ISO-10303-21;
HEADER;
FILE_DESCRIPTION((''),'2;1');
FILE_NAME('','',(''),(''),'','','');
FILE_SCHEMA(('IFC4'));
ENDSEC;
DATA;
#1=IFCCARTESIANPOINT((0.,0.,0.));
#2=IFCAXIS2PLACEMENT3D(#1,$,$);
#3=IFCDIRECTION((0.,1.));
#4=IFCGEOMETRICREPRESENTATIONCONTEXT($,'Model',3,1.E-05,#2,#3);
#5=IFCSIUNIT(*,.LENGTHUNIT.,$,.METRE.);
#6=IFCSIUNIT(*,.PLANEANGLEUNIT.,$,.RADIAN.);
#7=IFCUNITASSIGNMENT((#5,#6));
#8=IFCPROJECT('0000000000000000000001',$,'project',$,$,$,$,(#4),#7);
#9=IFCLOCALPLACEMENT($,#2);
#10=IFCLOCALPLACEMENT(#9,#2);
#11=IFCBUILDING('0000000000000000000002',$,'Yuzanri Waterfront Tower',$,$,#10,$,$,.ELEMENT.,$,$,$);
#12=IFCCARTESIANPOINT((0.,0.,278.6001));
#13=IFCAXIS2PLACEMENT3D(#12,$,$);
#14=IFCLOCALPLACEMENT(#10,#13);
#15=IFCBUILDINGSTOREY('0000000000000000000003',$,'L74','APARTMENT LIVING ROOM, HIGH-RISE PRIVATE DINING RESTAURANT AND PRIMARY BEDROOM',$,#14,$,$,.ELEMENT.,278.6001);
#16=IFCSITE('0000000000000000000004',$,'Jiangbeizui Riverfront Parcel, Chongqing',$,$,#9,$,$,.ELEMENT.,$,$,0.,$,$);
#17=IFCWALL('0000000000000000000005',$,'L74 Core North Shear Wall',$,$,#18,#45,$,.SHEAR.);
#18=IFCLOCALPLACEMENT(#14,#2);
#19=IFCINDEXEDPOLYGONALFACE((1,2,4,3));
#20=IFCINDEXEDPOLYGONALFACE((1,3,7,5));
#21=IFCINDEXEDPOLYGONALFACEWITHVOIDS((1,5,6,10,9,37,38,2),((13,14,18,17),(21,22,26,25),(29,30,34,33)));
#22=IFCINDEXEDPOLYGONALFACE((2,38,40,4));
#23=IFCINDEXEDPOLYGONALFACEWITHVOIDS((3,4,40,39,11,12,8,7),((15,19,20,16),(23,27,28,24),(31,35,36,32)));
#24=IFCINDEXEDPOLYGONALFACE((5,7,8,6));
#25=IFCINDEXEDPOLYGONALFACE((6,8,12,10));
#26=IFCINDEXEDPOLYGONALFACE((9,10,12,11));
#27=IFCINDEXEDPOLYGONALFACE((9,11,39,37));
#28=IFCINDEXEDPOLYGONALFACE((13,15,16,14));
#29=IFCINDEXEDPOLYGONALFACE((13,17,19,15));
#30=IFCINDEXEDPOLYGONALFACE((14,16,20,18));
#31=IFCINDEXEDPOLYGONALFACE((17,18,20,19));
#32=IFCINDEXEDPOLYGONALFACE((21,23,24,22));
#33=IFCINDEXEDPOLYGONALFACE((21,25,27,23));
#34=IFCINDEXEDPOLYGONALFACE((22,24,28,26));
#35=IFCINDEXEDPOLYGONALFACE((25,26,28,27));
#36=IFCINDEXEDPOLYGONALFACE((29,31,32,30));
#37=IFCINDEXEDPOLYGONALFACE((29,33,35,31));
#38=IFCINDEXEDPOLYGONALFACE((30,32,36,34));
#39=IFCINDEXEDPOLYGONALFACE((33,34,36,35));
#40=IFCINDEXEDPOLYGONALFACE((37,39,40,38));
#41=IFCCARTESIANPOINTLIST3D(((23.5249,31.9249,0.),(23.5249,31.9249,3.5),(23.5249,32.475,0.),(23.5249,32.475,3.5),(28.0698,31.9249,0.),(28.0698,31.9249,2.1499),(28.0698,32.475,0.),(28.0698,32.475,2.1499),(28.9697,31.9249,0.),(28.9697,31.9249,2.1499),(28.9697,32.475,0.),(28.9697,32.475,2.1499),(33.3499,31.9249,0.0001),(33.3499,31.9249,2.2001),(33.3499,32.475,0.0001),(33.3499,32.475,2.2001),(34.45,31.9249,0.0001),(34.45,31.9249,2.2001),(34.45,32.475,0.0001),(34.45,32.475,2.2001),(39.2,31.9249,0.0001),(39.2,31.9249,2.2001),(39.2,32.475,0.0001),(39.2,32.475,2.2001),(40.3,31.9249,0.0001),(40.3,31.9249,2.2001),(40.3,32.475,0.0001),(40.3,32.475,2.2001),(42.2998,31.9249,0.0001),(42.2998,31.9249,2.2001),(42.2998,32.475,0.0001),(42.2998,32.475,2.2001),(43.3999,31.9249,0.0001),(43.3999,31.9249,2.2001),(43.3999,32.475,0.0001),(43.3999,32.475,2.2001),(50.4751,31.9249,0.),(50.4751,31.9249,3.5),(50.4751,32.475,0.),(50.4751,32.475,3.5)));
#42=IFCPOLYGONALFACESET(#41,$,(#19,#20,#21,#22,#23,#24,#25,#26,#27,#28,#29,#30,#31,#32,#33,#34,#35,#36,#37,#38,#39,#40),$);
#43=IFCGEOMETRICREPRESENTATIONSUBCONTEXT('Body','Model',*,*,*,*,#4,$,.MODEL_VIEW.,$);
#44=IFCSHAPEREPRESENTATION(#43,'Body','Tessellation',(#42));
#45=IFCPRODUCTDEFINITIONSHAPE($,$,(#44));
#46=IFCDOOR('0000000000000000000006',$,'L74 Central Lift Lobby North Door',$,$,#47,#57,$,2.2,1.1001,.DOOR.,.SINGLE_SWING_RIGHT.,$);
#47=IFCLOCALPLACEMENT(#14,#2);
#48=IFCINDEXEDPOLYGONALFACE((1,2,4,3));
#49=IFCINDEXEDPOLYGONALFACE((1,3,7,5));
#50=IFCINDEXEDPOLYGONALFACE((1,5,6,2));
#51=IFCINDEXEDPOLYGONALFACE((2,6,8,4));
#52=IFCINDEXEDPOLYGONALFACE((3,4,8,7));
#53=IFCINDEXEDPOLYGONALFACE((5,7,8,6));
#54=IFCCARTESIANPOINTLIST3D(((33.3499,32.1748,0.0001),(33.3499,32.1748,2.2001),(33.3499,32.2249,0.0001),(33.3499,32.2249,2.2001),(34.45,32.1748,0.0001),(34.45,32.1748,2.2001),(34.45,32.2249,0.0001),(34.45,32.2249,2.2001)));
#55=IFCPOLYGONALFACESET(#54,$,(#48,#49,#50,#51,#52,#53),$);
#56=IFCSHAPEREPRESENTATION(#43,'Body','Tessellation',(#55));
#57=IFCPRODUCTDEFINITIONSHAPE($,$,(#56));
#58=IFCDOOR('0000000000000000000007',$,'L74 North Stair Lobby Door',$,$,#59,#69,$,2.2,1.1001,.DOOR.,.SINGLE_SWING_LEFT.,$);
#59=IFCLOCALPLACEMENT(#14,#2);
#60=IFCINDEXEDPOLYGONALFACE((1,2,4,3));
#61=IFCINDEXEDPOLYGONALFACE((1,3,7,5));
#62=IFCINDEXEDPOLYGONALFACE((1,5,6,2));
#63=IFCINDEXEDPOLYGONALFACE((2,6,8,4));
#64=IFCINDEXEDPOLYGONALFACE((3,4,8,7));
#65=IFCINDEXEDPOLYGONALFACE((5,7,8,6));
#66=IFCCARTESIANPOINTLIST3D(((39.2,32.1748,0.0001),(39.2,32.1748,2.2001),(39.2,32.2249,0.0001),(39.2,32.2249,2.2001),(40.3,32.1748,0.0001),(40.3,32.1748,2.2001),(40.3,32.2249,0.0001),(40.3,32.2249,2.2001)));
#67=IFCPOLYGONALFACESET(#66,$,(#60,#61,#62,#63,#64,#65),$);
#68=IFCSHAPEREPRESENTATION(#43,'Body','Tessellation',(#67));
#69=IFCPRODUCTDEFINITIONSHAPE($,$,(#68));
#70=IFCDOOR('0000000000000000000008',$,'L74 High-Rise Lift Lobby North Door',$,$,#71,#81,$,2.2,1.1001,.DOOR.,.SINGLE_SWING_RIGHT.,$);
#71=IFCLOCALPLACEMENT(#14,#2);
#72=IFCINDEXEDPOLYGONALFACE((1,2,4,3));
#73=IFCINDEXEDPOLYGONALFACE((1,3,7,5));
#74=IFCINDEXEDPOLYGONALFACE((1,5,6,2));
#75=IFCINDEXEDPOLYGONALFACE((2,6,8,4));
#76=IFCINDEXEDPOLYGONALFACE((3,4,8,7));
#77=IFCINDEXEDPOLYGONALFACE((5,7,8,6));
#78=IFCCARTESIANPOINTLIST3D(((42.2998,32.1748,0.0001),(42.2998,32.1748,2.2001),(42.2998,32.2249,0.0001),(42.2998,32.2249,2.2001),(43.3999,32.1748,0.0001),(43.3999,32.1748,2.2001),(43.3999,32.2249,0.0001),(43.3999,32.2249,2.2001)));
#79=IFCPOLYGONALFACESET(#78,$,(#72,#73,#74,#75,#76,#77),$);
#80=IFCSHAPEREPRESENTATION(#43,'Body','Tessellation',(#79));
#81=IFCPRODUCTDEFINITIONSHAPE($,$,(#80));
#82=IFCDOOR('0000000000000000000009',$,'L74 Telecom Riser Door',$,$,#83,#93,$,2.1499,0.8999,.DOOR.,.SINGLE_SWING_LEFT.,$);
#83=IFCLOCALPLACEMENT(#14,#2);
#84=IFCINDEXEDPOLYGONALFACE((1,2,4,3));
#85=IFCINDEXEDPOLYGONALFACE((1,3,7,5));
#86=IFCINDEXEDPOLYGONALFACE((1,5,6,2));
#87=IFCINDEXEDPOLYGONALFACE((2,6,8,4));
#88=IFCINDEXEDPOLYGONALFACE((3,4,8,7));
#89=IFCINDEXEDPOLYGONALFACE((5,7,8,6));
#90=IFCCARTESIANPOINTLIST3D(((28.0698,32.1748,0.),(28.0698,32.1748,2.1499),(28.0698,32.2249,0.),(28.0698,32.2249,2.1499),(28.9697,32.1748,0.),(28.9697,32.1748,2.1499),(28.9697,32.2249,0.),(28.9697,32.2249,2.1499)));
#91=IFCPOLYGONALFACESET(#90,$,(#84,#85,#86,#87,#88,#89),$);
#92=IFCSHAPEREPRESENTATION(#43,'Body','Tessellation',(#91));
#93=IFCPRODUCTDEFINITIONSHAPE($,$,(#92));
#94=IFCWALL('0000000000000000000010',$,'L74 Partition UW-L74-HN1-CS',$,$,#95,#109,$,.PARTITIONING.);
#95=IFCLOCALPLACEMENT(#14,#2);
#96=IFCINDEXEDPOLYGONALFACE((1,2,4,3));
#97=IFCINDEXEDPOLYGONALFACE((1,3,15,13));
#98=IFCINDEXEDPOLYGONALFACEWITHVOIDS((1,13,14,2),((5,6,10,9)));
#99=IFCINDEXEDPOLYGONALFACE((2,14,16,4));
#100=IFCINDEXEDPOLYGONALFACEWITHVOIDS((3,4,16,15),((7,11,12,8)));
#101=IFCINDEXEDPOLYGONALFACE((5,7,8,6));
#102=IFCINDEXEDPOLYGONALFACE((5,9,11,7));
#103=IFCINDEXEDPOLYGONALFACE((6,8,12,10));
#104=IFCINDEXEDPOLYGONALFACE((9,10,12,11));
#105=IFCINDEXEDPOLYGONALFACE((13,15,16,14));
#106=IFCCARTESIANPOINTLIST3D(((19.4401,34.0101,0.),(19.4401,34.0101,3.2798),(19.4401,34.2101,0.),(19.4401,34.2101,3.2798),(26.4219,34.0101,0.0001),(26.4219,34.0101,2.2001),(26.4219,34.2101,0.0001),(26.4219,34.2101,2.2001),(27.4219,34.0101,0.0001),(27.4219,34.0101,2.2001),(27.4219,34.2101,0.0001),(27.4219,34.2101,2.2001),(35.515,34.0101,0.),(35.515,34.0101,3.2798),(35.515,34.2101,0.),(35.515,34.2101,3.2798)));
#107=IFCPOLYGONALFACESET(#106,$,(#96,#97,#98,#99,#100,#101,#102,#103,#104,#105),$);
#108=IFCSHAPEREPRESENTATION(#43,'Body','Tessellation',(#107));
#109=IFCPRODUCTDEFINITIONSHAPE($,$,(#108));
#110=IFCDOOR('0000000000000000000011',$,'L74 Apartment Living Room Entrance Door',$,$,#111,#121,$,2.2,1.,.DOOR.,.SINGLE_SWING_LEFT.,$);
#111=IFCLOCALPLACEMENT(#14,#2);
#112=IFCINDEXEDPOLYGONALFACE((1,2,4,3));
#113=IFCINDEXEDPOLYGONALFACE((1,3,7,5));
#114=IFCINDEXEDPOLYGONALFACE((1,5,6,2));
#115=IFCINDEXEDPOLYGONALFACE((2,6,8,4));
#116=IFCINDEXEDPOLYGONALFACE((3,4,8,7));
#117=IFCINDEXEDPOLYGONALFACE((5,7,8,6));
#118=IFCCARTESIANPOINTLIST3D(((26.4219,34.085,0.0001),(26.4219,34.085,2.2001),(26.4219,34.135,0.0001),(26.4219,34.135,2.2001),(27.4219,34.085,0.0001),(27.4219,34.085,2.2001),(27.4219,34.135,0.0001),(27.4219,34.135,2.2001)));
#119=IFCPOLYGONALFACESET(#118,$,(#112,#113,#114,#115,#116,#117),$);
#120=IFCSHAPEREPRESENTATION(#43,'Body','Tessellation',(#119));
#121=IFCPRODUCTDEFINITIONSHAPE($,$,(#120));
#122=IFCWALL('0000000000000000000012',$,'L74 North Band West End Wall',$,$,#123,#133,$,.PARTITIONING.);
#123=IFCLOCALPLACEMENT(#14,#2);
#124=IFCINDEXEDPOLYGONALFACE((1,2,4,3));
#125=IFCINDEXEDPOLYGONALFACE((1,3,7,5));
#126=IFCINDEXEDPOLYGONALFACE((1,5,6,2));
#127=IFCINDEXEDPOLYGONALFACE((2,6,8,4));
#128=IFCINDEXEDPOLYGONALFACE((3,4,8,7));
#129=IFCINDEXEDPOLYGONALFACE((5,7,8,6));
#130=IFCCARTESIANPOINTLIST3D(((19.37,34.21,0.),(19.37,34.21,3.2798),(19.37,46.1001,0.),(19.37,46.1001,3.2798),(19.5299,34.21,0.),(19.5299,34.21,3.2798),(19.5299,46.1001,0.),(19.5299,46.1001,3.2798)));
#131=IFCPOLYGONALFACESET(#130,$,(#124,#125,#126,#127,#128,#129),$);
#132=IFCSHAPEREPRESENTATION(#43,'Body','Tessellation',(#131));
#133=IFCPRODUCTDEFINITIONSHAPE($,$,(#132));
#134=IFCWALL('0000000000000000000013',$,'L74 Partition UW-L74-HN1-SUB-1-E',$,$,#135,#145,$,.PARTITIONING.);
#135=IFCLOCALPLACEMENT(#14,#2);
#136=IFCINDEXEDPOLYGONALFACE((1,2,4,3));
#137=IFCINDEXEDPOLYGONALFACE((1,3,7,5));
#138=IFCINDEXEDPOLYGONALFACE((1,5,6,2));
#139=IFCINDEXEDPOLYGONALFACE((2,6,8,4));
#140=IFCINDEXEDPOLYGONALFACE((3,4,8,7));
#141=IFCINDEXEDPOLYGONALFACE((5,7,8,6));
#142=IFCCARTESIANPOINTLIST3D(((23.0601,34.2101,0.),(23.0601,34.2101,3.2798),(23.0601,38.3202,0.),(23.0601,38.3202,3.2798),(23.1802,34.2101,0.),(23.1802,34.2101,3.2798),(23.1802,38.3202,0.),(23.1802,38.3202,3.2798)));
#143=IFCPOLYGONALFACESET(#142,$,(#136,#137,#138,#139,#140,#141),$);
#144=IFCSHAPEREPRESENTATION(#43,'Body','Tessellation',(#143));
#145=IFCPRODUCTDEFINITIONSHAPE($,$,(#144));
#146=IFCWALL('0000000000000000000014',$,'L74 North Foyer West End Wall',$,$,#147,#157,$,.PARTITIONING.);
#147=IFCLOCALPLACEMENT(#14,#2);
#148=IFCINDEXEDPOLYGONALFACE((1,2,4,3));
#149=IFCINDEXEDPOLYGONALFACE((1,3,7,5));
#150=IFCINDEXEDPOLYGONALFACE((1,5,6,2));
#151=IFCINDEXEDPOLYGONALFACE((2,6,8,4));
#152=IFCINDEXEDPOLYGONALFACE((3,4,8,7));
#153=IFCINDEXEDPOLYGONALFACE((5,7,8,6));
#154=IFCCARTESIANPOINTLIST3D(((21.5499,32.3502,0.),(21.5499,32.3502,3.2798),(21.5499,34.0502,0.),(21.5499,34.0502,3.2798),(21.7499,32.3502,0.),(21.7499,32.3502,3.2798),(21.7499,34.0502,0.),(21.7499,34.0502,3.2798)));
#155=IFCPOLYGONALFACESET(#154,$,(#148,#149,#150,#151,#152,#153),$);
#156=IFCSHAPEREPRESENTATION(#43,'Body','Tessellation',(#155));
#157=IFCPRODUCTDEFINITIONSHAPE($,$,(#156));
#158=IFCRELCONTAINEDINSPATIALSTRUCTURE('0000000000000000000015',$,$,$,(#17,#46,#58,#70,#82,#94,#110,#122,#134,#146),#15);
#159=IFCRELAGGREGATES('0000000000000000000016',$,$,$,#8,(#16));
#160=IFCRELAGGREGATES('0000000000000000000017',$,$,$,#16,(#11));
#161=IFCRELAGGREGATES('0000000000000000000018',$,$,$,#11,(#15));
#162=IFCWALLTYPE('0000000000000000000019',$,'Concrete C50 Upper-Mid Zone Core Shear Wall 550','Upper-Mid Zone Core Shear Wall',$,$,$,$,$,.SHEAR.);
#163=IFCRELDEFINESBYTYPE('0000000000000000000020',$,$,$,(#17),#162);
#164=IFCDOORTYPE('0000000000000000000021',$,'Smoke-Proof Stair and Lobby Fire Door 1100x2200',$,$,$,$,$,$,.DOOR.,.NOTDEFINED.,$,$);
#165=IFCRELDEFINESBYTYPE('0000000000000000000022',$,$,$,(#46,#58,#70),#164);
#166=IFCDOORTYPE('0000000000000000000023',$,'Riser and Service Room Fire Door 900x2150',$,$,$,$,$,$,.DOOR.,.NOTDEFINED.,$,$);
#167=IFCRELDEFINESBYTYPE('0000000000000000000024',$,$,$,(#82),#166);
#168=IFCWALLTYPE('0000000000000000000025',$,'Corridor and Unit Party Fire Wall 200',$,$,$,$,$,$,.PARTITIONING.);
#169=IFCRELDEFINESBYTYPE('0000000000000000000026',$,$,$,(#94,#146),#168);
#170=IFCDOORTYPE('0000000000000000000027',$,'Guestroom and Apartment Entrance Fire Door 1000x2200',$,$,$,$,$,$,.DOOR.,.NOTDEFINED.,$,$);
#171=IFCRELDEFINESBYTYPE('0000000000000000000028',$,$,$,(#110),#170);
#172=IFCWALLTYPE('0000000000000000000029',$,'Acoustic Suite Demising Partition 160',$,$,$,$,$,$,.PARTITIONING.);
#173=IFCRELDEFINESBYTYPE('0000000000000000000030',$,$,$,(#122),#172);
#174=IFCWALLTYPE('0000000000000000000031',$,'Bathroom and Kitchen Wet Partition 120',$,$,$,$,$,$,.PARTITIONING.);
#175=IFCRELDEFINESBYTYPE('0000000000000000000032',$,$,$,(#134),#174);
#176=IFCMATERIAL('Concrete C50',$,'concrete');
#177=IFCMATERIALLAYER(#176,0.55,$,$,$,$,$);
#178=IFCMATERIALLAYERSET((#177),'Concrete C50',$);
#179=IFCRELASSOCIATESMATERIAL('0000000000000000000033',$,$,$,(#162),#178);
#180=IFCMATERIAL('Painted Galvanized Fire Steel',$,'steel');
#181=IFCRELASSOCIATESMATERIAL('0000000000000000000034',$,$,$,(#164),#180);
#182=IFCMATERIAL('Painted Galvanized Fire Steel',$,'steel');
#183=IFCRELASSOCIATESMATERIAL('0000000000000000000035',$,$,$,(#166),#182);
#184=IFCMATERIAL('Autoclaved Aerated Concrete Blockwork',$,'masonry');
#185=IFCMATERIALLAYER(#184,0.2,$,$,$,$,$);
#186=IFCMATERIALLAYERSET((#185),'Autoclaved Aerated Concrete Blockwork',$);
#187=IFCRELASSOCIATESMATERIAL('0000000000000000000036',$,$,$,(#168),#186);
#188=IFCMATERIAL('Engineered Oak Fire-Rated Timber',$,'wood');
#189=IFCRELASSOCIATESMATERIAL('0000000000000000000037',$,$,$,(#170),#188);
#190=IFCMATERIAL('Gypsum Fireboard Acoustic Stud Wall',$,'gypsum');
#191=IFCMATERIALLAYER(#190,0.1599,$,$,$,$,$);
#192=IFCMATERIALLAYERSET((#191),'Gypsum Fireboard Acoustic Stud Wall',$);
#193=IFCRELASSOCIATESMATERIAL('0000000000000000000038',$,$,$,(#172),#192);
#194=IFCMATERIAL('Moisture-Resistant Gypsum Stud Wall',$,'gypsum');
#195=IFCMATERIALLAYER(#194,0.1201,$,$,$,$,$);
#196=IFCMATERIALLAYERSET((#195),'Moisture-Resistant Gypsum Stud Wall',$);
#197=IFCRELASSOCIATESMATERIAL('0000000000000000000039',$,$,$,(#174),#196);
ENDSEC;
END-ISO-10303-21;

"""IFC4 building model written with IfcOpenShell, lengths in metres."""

from ifc_helpers import new_model, si_unit, direction, frame, frame_2d, origin, place, context, subcontext, project, spatial, rectangle, extrude, source, transform, mapped, material, layer, layer_set, type_object, element, fill, save


model = new_model("IFC4")

# Units and contexts
model_context = context("Model", 3, precision=1e-05, world=origin(), true_north=direction((0.0, 1.0)))
body_context = subcontext(model_context, "Body", "Model", "MODEL_VIEW")
ifc_project = project(units=[si_unit("LENGTHUNIT", "METRE"), si_unit("PLANEANGLEUNIT", "RADIAN")], contexts=[model_context])

# Site, building, storey
site_placement = place(None, origin())
site = spatial("IfcSite", under=ifc_project, at=site_placement, Name="Jiangbeizui Riverfront Parcel, Chongqing", CompositionType="ELEMENT", RefElevation=0.0)
building_placement = place(site_placement, origin())
building = spatial("IfcBuilding", under=site, at=building_placement, Name="Yuzanri Waterfront Tower", CompositionType="ELEMENT")
storey_placement = place(building_placement, frame((0.0, 0.0, 278.6001)))
storey = spatial("IfcBuildingStorey", under=building, at=storey_placement, Name="L74", Description="APARTMENT LIVING ROOM, HIGH-RISE PRIVATE DINING RESTAURANT AND PRIMARY BEDROOM", CompositionType="ELEMENT", Elevation=278.6001)

# Wall, openings, doors
ifc_material_1 = material(Name="Concrete C50", Category="concrete")
ifc_layer_1 = layer(ifc_material_1, 0.55)
ifc_layer_set_1 = layer_set([ifc_layer_1], Name="Concrete C50")
wall_type_1 = type_object("IfcWallType", Name="Concrete C50 Upper-Mid Zone Core Shear Wall 550", Description="Upper-Mid Zone Core Shear Wall", PredefinedType="SHEAR", material=ifc_layer_set_1)
wall_1_placement = place(storey_placement, frame((23.5249, 32.2, 0.0), z_axis=(0.0, 0.0, 1.0), x_axis=(1.0, 0.0, 0.0)))
wall_1 = element("IfcWall", 1, at=wall_1_placement, inside=storey, type_object=wall_type_1, Name="L74 Core North Shear Wall", PredefinedType="SHEAR", context=body_context, shape_type="SweptSolid", body=[
    extrude(rectangle(XDim=26.9502, YDim=0.55, at=frame_2d((13.4751, 0.0))), origin(), (0.0, 0.0, 1.0), 3.5),
])
opening_1_placement = place(wall_1_placement, frame((4.5449, 0.0, 0.0)))
opening_1 = element("IfcOpeningElement", 2, at=opening_1_placement, cuts=wall_1, PredefinedType="OPENING", context=body_context, shape_type="SweptSolid", body=[
    extrude(rectangle(XDim=0.8999, YDim=2.1499, at=frame_2d((0.45, 1.075))), frame((0.0, 0.29, 0.0), z_axis=(0.0, -1.0, 0.0), x_axis=(1.0, 0.0, 0.0)), (0.0, 0.0, 1.0), 0.5798),
])
opening_2_placement = place(wall_1_placement, frame((9.825, 0.0, 0.0)))
opening_2 = element("IfcOpeningElement", 3, at=opening_2_placement, cuts=wall_1, PredefinedType="OPENING", context=body_context, shape_type="SweptSolid", body=[
    extrude(rectangle(XDim=1.1001, YDim=2.2, at=frame_2d((0.55, 1.1001))), frame((0.0, 0.29, 0.0), z_axis=(0.0, -1.0, 0.0), x_axis=(1.0, 0.0, 0.0)), (0.0, 0.0, 1.0), 0.5798),
])
opening_3_placement = place(wall_1_placement, frame((15.675, 0.0, 0.0)))
opening_3 = element("IfcOpeningElement", 4, at=opening_3_placement, cuts=wall_1, PredefinedType="OPENING", context=body_context, shape_type="SweptSolid", body=[
    extrude(rectangle(XDim=1.1001, YDim=2.2, at=frame_2d((0.55, 1.1001))), frame((0.0, 0.29, 0.0), z_axis=(0.0, -1.0, 0.0), x_axis=(1.0, 0.0, 0.0)), (0.0, 0.0, 1.0), 0.5798),
])
opening_4_placement = place(wall_1_placement, frame((18.7749, 0.0, 0.0)))
opening_4 = element("IfcOpeningElement", 5, at=opening_4_placement, cuts=wall_1, PredefinedType="OPENING", context=body_context, shape_type="SweptSolid", body=[
    extrude(rectangle(XDim=1.1001, YDim=2.2, at=frame_2d((0.55, 1.1001))), frame((0.0, 0.29, 0.0), z_axis=(0.0, -1.0, 0.0), x_axis=(1.0, 0.0, 0.0)), (0.0, 0.0, 1.0), 0.5798),
])
ifc_material_2 = material(Name="Painted Galvanized Fire Steel", Category="steel")
door_type_1 = type_object("IfcDoorType", Name="Smoke-Proof Stair and Lobby Fire Door 1100x2200", OperationType="NOTDEFINED", PredefinedType="DOOR", material=ifc_material_2)
shared_shape_1 = source(origin(), body_context, "Body", "SweptSolid", [
    extrude(rectangle(XDim=1.1001, YDim=2.2, at=frame_2d((0.55, 1.1001))), frame((0.0, 0.0249, 0.0), z_axis=(0.0, -1.0, 0.0), x_axis=(1.0, 0.0, 0.0)), (0.0, 0.0, 1.0), 0.05),
])
door_1_placement = place(opening_2_placement, origin())
door_1 = element("IfcDoor", 6, at=door_1_placement, inside=storey, type_object=door_type_1, Name="L74 Central Lift Lobby North Door", OperationType="SINGLE_SWING_RIGHT", OverallHeight=2.2, OverallWidth=1.1001, PredefinedType="DOOR", context=body_context, shape_type="MappedRepresentation", body=[
    mapped(shared_shape_1, transform((0.0, 0.0, 0.0), scale=1.0)),
])
fill(opening_2, door_1)
door_2_placement = place(opening_3_placement, origin())
door_2 = element("IfcDoor", 7, at=door_2_placement, inside=storey, type_object=door_type_1, Name="L74 North Stair Lobby Door", OperationType="SINGLE_SWING_LEFT", OverallHeight=2.2, OverallWidth=1.1001, PredefinedType="DOOR", context=body_context, shape_type="MappedRepresentation", body=[
    mapped(shared_shape_1, transform((0.0, 0.0, 0.0), scale=1.0)),
])
fill(opening_3, door_2)
door_3_placement = place(opening_4_placement, origin())
door_3 = element("IfcDoor", 8, at=door_3_placement, inside=storey, type_object=door_type_1, Name="L74 High-Rise Lift Lobby North Door", OperationType="SINGLE_SWING_RIGHT", OverallHeight=2.2, OverallWidth=1.1001, PredefinedType="DOOR", context=body_context, shape_type="MappedRepresentation", body=[
    mapped(shared_shape_1, transform((0.0, 0.0, 0.0), scale=1.0)),
])
fill(opening_4, door_3)
ifc_material_3 = material(Name="Painted Galvanized Fire Steel", Category="steel")
door_type_2 = type_object("IfcDoorType", Name="Riser and Service Room Fire Door 900x2150", OperationType="NOTDEFINED", PredefinedType="DOOR", material=ifc_material_3)
shared_shape_2 = source(origin(), body_context, "Body", "SweptSolid", [
    extrude(rectangle(XDim=0.8999, YDim=2.1499, at=frame_2d((0.45, 1.075))), frame((0.0, 0.0249, 0.0), z_axis=(0.0, -1.0, 0.0), x_axis=(1.0, 0.0, 0.0)), (0.0, 0.0, 1.0), 0.05),
])
door_4_placement = place(opening_1_placement, origin())
door_4 = element("IfcDoor", 9, at=door_4_placement, inside=storey, type_object=door_type_2, Name="L74 Telecom Riser Door", OperationType="SINGLE_SWING_LEFT", OverallHeight=2.1499, OverallWidth=0.8999, PredefinedType="DOOR", context=body_context, shape_type="MappedRepresentation", body=[
    mapped(shared_shape_2, transform((0.0, 0.0, 0.0), scale=1.0)),
])
fill(opening_1, door_4)

# Wall, opening, door
ifc_material_4 = material(Name="Autoclaved Aerated Concrete Blockwork", Category="masonry")
ifc_layer_2 = layer(ifc_material_4, 0.2)
ifc_layer_set_2 = layer_set([ifc_layer_2], Name="Autoclaved Aerated Concrete Blockwork")
wall_type_2 = type_object("IfcWallType", Name="Corridor and Unit Party Fire Wall 200", PredefinedType="PARTITIONING", material=ifc_layer_set_2)
wall_2_placement = place(storey_placement, frame((19.4399, 34.1101, 0.0), z_axis=(0.0, 0.0, 1.0), x_axis=(1.0, 0.0, 0.0)))
wall_2 = element("IfcWall", 10, at=wall_2_placement, inside=storey, type_object=wall_type_2, Name="L74 Partition UW-L74-HN1-CS", PredefinedType="PARTITIONING", context=body_context, shape_type="SweptSolid", body=[
    extrude(rectangle(XDim=16.075, YDim=0.2, at=frame_2d((8.0376, 0.0))), origin(), (0.0, 0.0, 1.0), 3.2798),
])
opening_5_placement = place(wall_2_placement, frame((6.9819, 0.0, 0.0)))
opening_5 = element("IfcOpeningElement", 11, at=opening_5_placement, cuts=wall_2, PredefinedType="OPENING", context=body_context, shape_type="SweptSolid", body=[
    extrude(rectangle(XDim=1.0, YDim=2.2, at=frame_2d((0.5, 1.1001))), frame((0.0, 0.1147, 0.0), z_axis=(0.0, -1.0, 0.0), x_axis=(1.0, 0.0, 0.0)), (0.0, 0.0, 1.0), 0.2297),
])
ifc_material_5 = material(Name="Engineered Oak Fire-Rated Timber", Category="wood")
door_type_3 = type_object("IfcDoorType", Name="Guestroom and Apartment Entrance Fire Door 1000x2200", OperationType="NOTDEFINED", PredefinedType="DOOR", material=ifc_material_5)
shared_shape_3 = source(origin(), body_context, "Body", "SweptSolid", [
    extrude(rectangle(XDim=1.0, YDim=2.2, at=frame_2d((0.5, 1.1001))), frame((0.0, 0.0249, 0.0), z_axis=(0.0, -1.0, 0.0), x_axis=(1.0, 0.0, 0.0)), (0.0, 0.0, 1.0), 0.05),
])
door_5_placement = place(opening_5_placement, origin())
door_5 = element("IfcDoor", 12, at=door_5_placement, inside=storey, type_object=door_type_3, Name="L74 Apartment Living Room Entrance Door", OperationType="SINGLE_SWING_LEFT", OverallHeight=2.2, OverallWidth=1.0, PredefinedType="DOOR", context=body_context, shape_type="MappedRepresentation", body=[
    mapped(shared_shape_3, transform((0.0, 0.0, 0.0), scale=1.0)),
])
fill(opening_5, door_5)

# Walls
ifc_material_6 = material(Name="Gypsum Fireboard Acoustic Stud Wall", Category="gypsum")
ifc_layer_3 = layer(ifc_material_6, 0.1599)
ifc_layer_set_3 = layer_set([ifc_layer_3], Name="Gypsum Fireboard Acoustic Stud Wall")
wall_type_3 = type_object("IfcWallType", Name="Acoustic Suite Demising Partition 160", PredefinedType="PARTITIONING", material=ifc_layer_set_3)
shared_shape_4 = source(origin(), body_context, "Body", "SweptSolid", [
    extrude(rectangle(XDim=11.8901, YDim=0.1599, at=frame_2d((5.9451, 0.0))), origin(), (0.0, 0.0, 1.0), 3.2798),
])
wall_3_placement = place(storey_placement, frame((19.45, 34.21, 0.0), z_axis=(0.0, 0.0, 1.0), x_axis=(0.0, 1.0, 0.0)))
element("IfcWall", 13, at=wall_3_placement, inside=storey, type_object=wall_type_3, Name="L74 North Band West End Wall", PredefinedType="PARTITIONING", context=body_context, shape_type="MappedRepresentation", body=[
    mapped(shared_shape_4, transform((0.0, 0.0, 0.0), scale=1.0)),
])
ifc_material_7 = material(Name="Moisture-Resistant Gypsum Stud Wall", Category="gypsum")
ifc_layer_4 = layer(ifc_material_7, 0.1201)
ifc_layer_set_4 = layer_set([ifc_layer_4], Name="Moisture-Resistant Gypsum Stud Wall")
wall_type_4 = type_object("IfcWallType", Name="Bathroom and Kitchen Wet Partition 120", PredefinedType="PARTITIONING", material=ifc_layer_set_4)
shared_shape_5 = source(origin(), body_context, "Body", "SweptSolid", [
    extrude(rectangle(XDim=4.1101, YDim=0.1201, at=frame_2d((2.0552, 0.0))), origin(), (0.0, 0.0, 1.0), 3.2798),
])
wall_4_placement = place(storey_placement, frame((23.1201, 34.21, 0.0), z_axis=(0.0, 0.0, 1.0), x_axis=(0.0, 1.0, 0.0)))
element("IfcWall", 14, at=wall_4_placement, inside=storey, type_object=wall_type_4, Name="L74 Partition UW-L74-HN1-SUB-1-E", PredefinedType="PARTITIONING", context=body_context, shape_type="MappedRepresentation", body=[
    mapped(shared_shape_5, transform((0.0, 0.0, 0.0), scale=1.0)),
])
shared_shape_6 = source(origin(), body_context, "Body", "SweptSolid", [
    extrude(rectangle(XDim=1.7, YDim=0.2, at=frame_2d((0.8501, 0.0))), origin(), (0.0, 0.0, 1.0), 3.2798),
])
wall_5_placement = place(storey_placement, frame((21.6499, 32.3501, 0.0), z_axis=(0.0, 0.0, 1.0), x_axis=(0.0, 1.0, 0.0)))
element("IfcWall", 15, at=wall_5_placement, inside=storey, type_object=wall_type_2, Name="L74 North Foyer West End Wall", PredefinedType="PARTITIONING", context=body_context, shape_type="MappedRepresentation", body=[
    mapped(shared_shape_6, transform((0.0, 0.0, 0.0), scale=1.0)),
])

save(model, "model.ifc")
